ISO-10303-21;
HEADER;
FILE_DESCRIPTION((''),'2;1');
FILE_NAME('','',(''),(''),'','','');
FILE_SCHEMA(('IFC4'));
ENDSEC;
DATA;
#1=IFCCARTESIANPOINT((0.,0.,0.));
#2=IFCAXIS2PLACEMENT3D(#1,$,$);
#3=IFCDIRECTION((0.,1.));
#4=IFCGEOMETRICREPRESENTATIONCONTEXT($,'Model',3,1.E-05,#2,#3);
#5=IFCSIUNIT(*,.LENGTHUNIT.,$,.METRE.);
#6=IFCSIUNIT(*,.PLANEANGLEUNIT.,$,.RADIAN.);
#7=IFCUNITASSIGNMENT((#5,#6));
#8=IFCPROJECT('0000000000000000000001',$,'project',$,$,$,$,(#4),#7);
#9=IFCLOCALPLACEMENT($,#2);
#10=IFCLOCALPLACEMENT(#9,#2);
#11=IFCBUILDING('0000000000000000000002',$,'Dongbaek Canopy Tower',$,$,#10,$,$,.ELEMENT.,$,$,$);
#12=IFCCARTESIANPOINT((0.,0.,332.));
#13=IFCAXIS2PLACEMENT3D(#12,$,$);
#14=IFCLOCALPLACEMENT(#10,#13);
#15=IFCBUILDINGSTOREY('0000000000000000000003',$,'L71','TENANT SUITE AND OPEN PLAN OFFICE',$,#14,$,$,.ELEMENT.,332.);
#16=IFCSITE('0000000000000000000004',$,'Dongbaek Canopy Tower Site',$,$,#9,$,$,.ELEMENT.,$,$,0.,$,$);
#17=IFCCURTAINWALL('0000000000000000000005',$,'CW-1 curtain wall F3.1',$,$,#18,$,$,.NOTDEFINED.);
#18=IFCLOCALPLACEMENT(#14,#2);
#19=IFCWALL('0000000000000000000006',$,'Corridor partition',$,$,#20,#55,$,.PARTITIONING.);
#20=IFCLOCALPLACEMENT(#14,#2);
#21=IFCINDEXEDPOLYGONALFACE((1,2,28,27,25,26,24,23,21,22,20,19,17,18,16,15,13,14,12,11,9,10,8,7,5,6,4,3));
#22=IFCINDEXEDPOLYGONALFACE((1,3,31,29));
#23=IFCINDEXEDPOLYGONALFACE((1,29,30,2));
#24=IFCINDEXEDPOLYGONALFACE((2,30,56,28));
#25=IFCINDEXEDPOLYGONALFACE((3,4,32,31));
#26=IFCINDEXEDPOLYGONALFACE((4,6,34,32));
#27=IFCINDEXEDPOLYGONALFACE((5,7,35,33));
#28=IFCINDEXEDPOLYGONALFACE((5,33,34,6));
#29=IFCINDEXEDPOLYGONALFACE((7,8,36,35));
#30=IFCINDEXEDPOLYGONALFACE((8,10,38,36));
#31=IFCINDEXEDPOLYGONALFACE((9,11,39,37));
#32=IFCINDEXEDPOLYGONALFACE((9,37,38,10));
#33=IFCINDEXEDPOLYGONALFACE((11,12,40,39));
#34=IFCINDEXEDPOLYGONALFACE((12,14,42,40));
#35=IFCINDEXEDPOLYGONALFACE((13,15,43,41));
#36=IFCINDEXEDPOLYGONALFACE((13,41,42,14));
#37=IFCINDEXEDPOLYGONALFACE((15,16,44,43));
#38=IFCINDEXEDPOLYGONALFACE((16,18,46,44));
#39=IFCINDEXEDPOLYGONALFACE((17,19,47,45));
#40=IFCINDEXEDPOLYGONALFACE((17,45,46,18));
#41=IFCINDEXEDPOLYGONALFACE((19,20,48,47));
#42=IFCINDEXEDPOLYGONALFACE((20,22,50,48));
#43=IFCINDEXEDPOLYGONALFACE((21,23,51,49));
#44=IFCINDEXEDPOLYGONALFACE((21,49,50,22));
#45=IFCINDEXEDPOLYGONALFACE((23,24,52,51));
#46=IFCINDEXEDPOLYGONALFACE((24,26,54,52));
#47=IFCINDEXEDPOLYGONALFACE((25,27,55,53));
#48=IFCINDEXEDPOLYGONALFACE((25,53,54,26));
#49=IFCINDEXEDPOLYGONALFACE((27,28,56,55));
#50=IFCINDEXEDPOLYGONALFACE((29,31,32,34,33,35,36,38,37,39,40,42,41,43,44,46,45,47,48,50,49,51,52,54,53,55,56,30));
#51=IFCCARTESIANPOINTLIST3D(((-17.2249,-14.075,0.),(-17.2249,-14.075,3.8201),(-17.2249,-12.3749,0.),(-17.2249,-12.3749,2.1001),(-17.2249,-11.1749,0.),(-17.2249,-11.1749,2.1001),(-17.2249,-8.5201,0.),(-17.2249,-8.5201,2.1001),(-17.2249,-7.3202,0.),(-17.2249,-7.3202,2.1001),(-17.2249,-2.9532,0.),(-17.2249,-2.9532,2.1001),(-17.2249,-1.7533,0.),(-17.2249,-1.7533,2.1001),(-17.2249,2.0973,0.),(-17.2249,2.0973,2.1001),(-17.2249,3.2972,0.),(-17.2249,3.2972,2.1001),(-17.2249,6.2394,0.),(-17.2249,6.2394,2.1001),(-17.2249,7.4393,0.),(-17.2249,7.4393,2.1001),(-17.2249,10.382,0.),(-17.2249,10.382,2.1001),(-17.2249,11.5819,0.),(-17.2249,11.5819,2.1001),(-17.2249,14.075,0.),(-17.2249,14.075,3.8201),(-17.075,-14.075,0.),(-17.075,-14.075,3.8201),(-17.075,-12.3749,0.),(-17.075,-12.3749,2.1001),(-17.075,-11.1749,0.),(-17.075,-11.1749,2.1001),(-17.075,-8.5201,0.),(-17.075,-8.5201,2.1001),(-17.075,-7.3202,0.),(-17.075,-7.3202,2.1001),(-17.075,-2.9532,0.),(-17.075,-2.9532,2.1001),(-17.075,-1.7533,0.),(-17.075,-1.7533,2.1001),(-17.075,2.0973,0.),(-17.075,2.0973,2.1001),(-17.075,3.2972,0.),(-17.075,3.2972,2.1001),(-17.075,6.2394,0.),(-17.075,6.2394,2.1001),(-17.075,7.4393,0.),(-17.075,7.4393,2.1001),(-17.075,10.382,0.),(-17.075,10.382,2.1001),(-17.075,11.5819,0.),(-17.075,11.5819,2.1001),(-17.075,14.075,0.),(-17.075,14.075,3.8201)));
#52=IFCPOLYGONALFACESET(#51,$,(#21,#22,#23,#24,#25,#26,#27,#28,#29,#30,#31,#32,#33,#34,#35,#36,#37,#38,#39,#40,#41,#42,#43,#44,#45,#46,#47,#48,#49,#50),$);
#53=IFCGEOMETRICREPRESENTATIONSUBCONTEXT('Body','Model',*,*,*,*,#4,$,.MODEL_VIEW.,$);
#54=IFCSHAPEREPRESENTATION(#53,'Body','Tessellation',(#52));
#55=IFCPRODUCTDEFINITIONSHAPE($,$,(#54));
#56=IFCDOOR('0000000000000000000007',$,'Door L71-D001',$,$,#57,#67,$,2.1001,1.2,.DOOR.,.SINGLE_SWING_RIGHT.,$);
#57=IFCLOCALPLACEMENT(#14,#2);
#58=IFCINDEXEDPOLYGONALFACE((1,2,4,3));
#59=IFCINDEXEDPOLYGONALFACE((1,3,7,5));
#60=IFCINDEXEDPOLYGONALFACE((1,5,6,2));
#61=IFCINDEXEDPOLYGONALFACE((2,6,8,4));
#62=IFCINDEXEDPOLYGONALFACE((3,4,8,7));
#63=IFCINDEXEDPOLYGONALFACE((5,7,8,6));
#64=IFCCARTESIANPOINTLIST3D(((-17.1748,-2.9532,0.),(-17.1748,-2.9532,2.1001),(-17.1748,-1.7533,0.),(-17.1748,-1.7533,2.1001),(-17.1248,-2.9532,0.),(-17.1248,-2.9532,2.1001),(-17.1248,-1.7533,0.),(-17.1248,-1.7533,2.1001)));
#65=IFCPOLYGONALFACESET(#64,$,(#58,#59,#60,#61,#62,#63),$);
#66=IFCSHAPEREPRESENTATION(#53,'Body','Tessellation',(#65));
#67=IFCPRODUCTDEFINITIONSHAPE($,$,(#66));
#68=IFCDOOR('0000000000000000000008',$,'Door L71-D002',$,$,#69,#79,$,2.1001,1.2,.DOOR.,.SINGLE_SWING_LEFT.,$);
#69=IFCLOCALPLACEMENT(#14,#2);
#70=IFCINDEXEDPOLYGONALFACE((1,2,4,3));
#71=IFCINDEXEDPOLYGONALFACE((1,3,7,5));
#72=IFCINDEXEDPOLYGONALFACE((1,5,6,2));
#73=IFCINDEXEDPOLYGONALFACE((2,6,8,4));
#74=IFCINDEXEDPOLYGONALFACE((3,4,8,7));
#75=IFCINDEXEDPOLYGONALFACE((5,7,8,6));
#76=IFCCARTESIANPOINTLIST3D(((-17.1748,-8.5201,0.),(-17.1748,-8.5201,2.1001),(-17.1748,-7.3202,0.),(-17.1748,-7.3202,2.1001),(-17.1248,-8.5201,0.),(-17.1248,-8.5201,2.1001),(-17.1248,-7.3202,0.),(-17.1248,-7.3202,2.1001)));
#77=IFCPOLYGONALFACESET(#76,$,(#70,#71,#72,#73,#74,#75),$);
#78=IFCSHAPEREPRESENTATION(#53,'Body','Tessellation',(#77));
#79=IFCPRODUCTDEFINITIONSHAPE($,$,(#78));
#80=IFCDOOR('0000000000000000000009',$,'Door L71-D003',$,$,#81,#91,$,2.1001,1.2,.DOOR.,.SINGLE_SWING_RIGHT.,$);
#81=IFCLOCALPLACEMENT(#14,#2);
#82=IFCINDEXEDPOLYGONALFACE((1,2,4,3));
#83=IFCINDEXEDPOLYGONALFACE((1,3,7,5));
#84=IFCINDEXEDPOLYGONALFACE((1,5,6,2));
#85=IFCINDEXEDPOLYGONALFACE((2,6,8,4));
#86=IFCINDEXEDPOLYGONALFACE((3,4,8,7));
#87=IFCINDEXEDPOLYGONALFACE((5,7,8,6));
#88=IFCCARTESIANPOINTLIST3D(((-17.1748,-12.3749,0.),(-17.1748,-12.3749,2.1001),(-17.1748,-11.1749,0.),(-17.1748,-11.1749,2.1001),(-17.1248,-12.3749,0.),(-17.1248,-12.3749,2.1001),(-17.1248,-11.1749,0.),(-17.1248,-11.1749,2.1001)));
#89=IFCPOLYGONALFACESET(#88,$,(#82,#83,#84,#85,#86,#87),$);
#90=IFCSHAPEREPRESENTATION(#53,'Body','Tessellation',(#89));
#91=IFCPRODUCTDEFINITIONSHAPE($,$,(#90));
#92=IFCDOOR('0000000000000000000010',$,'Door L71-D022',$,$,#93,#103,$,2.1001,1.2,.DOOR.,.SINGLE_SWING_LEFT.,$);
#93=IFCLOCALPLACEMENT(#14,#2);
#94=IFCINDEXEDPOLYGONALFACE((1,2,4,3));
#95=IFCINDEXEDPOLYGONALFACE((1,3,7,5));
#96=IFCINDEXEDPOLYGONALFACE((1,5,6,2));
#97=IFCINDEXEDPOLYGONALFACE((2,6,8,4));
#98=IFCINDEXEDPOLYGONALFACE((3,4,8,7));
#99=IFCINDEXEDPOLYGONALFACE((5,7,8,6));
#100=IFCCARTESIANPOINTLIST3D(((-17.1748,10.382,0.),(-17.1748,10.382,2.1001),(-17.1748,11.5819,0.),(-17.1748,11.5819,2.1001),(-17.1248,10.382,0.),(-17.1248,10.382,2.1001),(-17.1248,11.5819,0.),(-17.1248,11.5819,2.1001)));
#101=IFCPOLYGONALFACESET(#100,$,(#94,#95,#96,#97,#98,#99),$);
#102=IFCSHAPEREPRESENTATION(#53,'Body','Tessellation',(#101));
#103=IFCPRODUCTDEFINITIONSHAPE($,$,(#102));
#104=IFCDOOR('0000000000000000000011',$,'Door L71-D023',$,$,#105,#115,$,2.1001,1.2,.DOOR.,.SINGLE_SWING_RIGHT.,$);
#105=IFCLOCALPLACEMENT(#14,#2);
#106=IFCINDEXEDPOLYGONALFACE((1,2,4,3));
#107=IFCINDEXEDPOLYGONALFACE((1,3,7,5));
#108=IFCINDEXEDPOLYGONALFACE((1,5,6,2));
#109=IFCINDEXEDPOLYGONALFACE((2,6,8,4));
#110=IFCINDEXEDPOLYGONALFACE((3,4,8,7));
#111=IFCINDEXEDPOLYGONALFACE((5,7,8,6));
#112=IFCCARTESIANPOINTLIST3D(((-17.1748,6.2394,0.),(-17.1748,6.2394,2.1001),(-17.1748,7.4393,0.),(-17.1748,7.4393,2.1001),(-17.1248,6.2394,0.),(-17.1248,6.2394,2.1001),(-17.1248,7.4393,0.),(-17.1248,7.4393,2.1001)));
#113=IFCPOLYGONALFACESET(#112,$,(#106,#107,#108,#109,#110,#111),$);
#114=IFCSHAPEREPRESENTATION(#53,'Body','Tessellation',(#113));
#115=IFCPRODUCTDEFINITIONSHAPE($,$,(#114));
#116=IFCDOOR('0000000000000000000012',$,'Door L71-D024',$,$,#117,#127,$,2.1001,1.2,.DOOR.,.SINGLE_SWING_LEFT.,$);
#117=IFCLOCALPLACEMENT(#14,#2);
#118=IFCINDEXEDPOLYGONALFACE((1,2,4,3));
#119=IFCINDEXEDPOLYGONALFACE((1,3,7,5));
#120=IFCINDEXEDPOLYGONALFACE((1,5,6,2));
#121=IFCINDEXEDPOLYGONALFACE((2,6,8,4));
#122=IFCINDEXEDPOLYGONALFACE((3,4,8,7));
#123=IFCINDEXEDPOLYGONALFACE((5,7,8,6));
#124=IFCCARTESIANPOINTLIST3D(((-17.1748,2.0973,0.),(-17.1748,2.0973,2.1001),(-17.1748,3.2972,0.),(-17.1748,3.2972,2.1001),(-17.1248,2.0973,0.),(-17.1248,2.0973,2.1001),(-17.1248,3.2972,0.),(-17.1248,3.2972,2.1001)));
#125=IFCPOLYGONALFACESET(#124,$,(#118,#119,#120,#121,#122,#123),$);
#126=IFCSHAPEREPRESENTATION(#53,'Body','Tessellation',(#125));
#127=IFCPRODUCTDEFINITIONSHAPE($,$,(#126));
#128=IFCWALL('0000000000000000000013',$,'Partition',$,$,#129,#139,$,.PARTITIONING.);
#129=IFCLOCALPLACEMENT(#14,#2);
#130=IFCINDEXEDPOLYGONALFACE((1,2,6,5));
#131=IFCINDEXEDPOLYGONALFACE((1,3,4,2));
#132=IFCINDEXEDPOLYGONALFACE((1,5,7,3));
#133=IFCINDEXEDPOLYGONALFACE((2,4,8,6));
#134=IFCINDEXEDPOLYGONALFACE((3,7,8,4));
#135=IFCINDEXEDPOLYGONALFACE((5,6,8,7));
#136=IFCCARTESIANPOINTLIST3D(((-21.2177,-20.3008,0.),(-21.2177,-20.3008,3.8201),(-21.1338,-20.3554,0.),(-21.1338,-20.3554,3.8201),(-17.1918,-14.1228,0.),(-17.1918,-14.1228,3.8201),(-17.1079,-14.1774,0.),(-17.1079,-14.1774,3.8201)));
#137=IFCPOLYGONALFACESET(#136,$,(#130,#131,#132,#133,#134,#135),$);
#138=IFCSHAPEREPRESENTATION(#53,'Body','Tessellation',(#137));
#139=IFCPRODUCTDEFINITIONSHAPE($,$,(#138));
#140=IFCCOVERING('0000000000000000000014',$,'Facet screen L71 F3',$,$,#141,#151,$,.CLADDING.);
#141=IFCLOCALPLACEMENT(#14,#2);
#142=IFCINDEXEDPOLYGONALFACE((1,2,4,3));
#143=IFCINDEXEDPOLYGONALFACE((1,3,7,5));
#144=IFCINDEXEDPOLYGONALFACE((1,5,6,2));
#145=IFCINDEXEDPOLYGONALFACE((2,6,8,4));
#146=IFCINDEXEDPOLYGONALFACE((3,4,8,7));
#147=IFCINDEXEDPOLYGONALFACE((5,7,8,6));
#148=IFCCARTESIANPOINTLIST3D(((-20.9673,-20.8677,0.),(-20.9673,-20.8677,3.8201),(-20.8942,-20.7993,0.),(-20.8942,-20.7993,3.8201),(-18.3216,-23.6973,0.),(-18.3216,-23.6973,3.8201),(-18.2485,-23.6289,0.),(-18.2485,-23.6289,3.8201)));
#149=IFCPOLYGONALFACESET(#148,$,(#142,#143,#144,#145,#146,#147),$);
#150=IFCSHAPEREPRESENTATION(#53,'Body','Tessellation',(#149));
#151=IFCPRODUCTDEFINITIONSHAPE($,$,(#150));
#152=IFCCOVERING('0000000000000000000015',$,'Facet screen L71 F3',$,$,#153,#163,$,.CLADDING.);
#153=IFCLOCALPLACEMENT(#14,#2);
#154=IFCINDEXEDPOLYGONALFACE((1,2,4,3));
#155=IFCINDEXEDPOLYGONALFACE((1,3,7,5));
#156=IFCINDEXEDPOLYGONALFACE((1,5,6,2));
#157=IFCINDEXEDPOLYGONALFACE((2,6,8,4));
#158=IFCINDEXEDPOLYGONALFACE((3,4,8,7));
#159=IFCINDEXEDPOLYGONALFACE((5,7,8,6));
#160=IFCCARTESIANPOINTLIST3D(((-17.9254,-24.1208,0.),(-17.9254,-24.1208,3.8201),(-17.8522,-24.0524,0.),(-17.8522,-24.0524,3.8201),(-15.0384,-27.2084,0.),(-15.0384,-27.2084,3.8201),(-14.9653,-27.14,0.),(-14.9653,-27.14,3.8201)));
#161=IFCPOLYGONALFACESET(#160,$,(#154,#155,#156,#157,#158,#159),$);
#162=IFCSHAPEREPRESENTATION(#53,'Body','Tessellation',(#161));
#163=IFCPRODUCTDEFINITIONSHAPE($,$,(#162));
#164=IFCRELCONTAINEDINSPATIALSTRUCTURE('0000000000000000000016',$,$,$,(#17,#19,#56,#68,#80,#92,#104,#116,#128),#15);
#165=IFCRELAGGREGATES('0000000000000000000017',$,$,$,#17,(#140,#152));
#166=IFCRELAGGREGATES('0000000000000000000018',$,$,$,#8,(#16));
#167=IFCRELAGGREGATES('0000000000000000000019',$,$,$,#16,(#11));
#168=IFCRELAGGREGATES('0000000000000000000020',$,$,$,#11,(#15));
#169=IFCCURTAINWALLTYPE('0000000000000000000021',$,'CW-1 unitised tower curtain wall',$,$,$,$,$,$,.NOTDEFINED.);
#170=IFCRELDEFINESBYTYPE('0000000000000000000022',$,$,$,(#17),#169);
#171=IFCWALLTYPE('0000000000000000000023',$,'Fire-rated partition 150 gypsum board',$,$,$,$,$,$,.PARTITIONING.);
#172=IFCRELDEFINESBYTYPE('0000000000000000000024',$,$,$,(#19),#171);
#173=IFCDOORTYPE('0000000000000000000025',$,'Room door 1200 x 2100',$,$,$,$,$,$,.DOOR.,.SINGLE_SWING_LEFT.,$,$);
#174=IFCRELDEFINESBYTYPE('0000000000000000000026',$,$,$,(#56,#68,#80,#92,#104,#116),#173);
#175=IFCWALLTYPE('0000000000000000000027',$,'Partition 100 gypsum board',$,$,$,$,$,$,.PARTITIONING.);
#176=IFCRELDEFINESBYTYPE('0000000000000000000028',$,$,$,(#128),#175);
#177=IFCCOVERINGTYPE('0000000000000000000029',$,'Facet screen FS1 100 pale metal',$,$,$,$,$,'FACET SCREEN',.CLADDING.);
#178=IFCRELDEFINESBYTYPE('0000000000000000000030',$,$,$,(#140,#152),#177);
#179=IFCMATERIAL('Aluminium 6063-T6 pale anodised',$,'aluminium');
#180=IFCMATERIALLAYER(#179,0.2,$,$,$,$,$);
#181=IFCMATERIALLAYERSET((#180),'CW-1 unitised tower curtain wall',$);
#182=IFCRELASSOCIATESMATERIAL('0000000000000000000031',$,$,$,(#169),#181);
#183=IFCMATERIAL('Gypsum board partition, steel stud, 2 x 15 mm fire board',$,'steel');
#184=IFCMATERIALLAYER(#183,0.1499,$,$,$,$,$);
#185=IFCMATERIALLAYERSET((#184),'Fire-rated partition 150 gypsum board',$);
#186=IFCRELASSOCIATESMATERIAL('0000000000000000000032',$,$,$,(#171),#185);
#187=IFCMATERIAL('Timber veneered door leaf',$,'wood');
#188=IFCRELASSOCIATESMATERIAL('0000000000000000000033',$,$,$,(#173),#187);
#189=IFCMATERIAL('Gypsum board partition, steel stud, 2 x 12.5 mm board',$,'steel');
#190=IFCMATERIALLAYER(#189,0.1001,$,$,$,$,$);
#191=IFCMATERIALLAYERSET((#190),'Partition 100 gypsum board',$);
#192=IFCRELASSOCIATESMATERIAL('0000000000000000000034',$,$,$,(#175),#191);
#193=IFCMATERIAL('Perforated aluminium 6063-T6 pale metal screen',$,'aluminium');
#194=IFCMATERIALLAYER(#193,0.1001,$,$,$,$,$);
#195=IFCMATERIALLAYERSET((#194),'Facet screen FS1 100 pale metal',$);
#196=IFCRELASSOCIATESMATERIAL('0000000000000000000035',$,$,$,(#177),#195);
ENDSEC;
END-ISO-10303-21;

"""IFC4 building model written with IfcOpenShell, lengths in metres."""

from ifc_helpers import new_model, si_unit, direction, frame, frame_2d, origin, origin_2d, place, context, subcontext, project, spatial, rectangle, extrude, material, layer, layer_set, type_object, element, fill, aggregate, save


model = new_model("IFC4")

# Units and contexts
model_context = context("Model", 3, precision=1e-05, world=origin(), true_north=direction((0.0, 1.0)))
body_context = subcontext(model_context, "Body", "Model", "MODEL_VIEW")
ifc_project = project(units=[si_unit("LENGTHUNIT", "METRE"), si_unit("PLANEANGLEUNIT", "RADIAN")], contexts=[model_context])

# Site, building, storey
site_placement = place(None, origin())
site = spatial("IfcSite", under=ifc_project, at=site_placement, Name="Dongbaek Canopy Tower Site", CompositionType="ELEMENT", RefElevation=0.0)
building_placement = place(site_placement, origin())
building = spatial("IfcBuilding", under=site, at=building_placement, Name="Dongbaek Canopy Tower", CompositionType="ELEMENT")
storey_placement = place(building_placement, frame((0.0, 0.0, 332.0)))
storey = spatial("IfcBuildingStorey", under=building, at=storey_placement, Name="L71", Description="TENANT SUITE AND OPEN PLAN OFFICE", CompositionType="ELEMENT", Elevation=332.0)

# Curtain wall
ifc_material_1 = material(Name="Aluminium 6063-T6 pale anodised", Category="aluminium")
ifc_layer_1 = layer(ifc_material_1, 0.2)
ifc_layer_set_1 = layer_set([ifc_layer_1], Name="CW-1 unitised tower curtain wall")
curtain_wall_type = type_object("IfcCurtainWallType", Name="CW-1 unitised tower curtain wall", PredefinedType="NOTDEFINED", material=ifc_layer_set_1)
curtain_wall_1_placement = place(storey_placement, origin())
curtain_wall_1 = element("IfcCurtainWall", 1, at=curtain_wall_1_placement, inside=storey, type_object=curtain_wall_type, Name="CW-1 curtain wall F3.1", PredefinedType="NOTDEFINED")

# Wall, openings, doors
ifc_material_2 = material(Name="Gypsum board partition, steel stud, 2 x 15 mm fire board", Category="steel")
ifc_layer_2 = layer(ifc_material_2, 0.1499)
ifc_layer_set_2 = layer_set([ifc_layer_2], Name="Fire-rated partition 150 gypsum board")
wall_type_1 = type_object("IfcWallType", Name="Fire-rated partition 150 gypsum board", PredefinedType="PARTITIONING", material=ifc_layer_set_2)
wall_1_placement = place(storey_placement, frame((-17.1499, -14.075, 0.0), z_axis=(0.0, 0.0, 1.0), x_axis=(0.0, 1.0, 0.0)))
wall_1 = element("IfcWall", 2, at=wall_1_placement, inside=storey, type_object=wall_type_1, Name="Corridor partition", PredefinedType="PARTITIONING", context=body_context, shape_type="SweptSolid", body=[
    extrude(rectangle(XDim=28.1499, YDim=0.1499, at=frame_2d((14.075, 0.0))), origin(), (0.0, 0.0, 1.0), 3.8201),
])
opening_1_placement = place(wall_1_placement, frame((11.1216, 0.0, 0.0)))
opening_1 = element("IfcOpeningElement", 3, at=opening_1_placement, cuts=wall_1, PredefinedType="OPENING", context=body_context, shape_type="SweptSolid", body=[
    extrude(rectangle(XDim=1.2, YDim=2.1001, at=frame_2d((0.6001, 1.05))), frame((0.0, 0.085, 0.0), z_axis=(0.0, -1.0, 0.0), x_axis=(1.0, 0.0, 0.0)), (0.0, 0.0, 1.0), 0.1699),
])
opening_2_placement = place(wall_1_placement, frame((5.5547, 0.0, 0.0)))
opening_2 = element("IfcOpeningElement", 4, at=opening_2_placement, cuts=wall_1, PredefinedType="OPENING", context=body_context, shape_type="SweptSolid", body=[
    extrude(rectangle(XDim=1.2, YDim=2.1001, at=frame_2d((0.6001, 1.05))), frame((0.0, 0.085, 0.0), z_axis=(0.0, -1.0, 0.0), x_axis=(1.0, 0.0, 0.0)), (0.0, 0.0, 1.0), 0.1699),
])
opening_3_placement = place(wall_1_placement, frame((1.7, 0.0, 0.0)))
opening_3 = element("IfcOpeningElement", 5, at=opening_3_placement, cuts=wall_1, PredefinedType="OPENING", context=body_context, shape_type="SweptSolid", body=[
    extrude(rectangle(XDim=1.2, YDim=2.1001, at=frame_2d((0.6001, 1.05))), frame((0.0, 0.085, 0.0), z_axis=(0.0, -1.0, 0.0), x_axis=(1.0, 0.0, 0.0)), (0.0, 0.0, 1.0), 0.1699),
])
opening_4_placement = place(wall_1_placement, frame((24.4568, 0.0, 0.0)))
opening_4 = element("IfcOpeningElement", 6, at=opening_4_placement, cuts=wall_1, PredefinedType="OPENING", context=body_context, shape_type="SweptSolid", body=[
    extrude(rectangle(XDim=1.2, YDim=2.1001, at=frame_2d((0.6001, 1.05))), frame((0.0, 0.085, 0.0), z_axis=(0.0, -1.0, 0.0), x_axis=(1.0, 0.0, 0.0)), (0.0, 0.0, 1.0), 0.1699),
])
opening_5_placement = place(wall_1_placement, frame((20.3142, 0.0, 0.0)))
opening_5 = element("IfcOpeningElement", 7, at=opening_5_placement, cuts=wall_1, PredefinedType="OPENING", context=body_context, shape_type="SweptSolid", body=[
    extrude(rectangle(XDim=1.2, YDim=2.1001, at=frame_2d((0.6001, 1.05))), frame((0.0, 0.085, 0.0), z_axis=(0.0, -1.0, 0.0), x_axis=(1.0, 0.0, 0.0)), (0.0, 0.0, 1.0), 0.1699),
])
opening_6_placement = place(wall_1_placement, frame((16.1721, 0.0, 0.0)))
opening_6 = element("IfcOpeningElement", 8, at=opening_6_placement, cuts=wall_1, PredefinedType="OPENING", context=body_context, shape_type="SweptSolid", body=[
    extrude(rectangle(XDim=1.2, YDim=2.1001, at=frame_2d((0.6001, 1.05))), frame((0.0, 0.085, 0.0), z_axis=(0.0, -1.0, 0.0), x_axis=(1.0, 0.0, 0.0)), (0.0, 0.0, 1.0), 0.1699),
])
ifc_material_3 = material(Name="Timber veneered door leaf", Category="wood")
door_type = type_object("IfcDoorType", Name="Room door 1200 x 2100", OperationType="SINGLE_SWING_LEFT", PredefinedType="DOOR", material=ifc_material_3)
door_1_placement = place(opening_1_placement, origin())
door_1 = element("IfcDoor", 9, at=door_1_placement, inside=storey, type_object=door_type, Name="Door L71-D001", OperationType="SINGLE_SWING_RIGHT", OverallHeight=2.1001, OverallWidth=1.2, PredefinedType="DOOR", context=body_context, shape_type="SweptSolid", body=[
    extrude(rectangle(XDim=1.2, YDim=2.1001, at=frame_2d((0.6001, 1.05))), frame((0.0, 0.0249, 0.0), z_axis=(0.0, -1.0, 0.0), x_axis=(1.0, 0.0, 0.0)), (0.0, 0.0, 1.0), 0.05),
])
fill(opening_1, door_1)
door_2_placement = place(opening_2_placement, origin())
door_2 = element("IfcDoor", 10, at=door_2_placement, inside=storey, type_object=door_type, Name="Door L71-D002", OperationType="SINGLE_SWING_LEFT", OverallHeight=2.1001, OverallWidth=1.2, PredefinedType="DOOR", context=body_context, shape_type="SweptSolid", body=[
    extrude(rectangle(XDim=1.2, YDim=2.1001, at=frame_2d((0.6001, 1.05))), frame((0.0, 0.0249, 0.0), z_axis=(0.0, -1.0, 0.0), x_axis=(1.0, 0.0, 0.0)), (0.0, 0.0, 1.0), 0.05),
])
fill(opening_2, door_2)
door_3_placement = place(opening_3_placement, origin())
door_3 = element("IfcDoor", 11, at=door_3_placement, inside=storey, type_object=door_type, Name="Door L71-D003", OperationType="SINGLE_SWING_RIGHT", OverallHeight=2.1001, OverallWidth=1.2, PredefinedType="DOOR", context=body_context, shape_type="SweptSolid", body=[
    extrude(rectangle(XDim=1.2, YDim=2.1001, at=frame_2d((0.6001, 1.05))), frame((0.0, 0.0249, 0.0), z_axis=(0.0, -1.0, 0.0), x_axis=(1.0, 0.0, 0.0)), (0.0, 0.0, 1.0), 0.05),
])
fill(opening_3, door_3)
door_4_placement = place(opening_4_placement, origin())
door_4 = element("IfcDoor", 12, at=door_4_placement, inside=storey, type_object=door_type, Name="Door L71-D022", OperationType="SINGLE_SWING_LEFT", OverallHeight=2.1001, OverallWidth=1.2, PredefinedType="DOOR", context=body_context, shape_type="SweptSolid", body=[
    extrude(rectangle(XDim=1.2, YDim=2.1001, at=frame_2d((0.6001, 1.05))), frame((0.0, 0.0249, 0.0), z_axis=(0.0, -1.0, 0.0), x_axis=(1.0, 0.0, 0.0)), (0.0, 0.0, 1.0), 0.05),
])
fill(opening_4, door_4)
door_5_placement = place(opening_5_placement, origin())
door_5 = element("IfcDoor", 13, at=door_5_placement, inside=storey, type_object=door_type, Name="Door L71-D023", OperationType="SINGLE_SWING_RIGHT", OverallHeight=2.1001, OverallWidth=1.2, PredefinedType="DOOR", context=body_context, shape_type="SweptSolid", body=[
    extrude(rectangle(XDim=1.2, YDim=2.1001, at=frame_2d((0.6001, 1.05))), frame((0.0, 0.0249, 0.0), z_axis=(0.0, -1.0, 0.0), x_axis=(1.0, 0.0, 0.0)), (0.0, 0.0, 1.0), 0.05),
])
fill(opening_5, door_5)
door_6_placement = place(opening_6_placement, origin())
door_6 = element("IfcDoor", 14, at=door_6_placement, inside=storey, type_object=door_type, Name="Door L71-D024", OperationType="SINGLE_SWING_LEFT", OverallHeight=2.1001, OverallWidth=1.2, PredefinedType="DOOR", context=body_context, shape_type="SweptSolid", body=[
    extrude(rectangle(XDim=1.2, YDim=2.1001, at=frame_2d((0.6001, 1.05))), frame((0.0, 0.0249, 0.0), z_axis=(0.0, -1.0, 0.0), x_axis=(1.0, 0.0, 0.0)), (0.0, 0.0, 1.0), 0.05),
])
fill(opening_6, door_6)

# Wall
ifc_material_4 = material(Name="Gypsum board partition, steel stud, 2 x 12.5 mm board", Category="steel")
ifc_layer_3 = layer(ifc_material_4, 0.1001)
ifc_layer_set_3 = layer_set([ifc_layer_3], Name="Partition 100 gypsum board")
wall_type_2 = type_object("IfcWallType", Name="Partition 100 gypsum board", PredefinedType="PARTITIONING", material=ifc_layer_set_3)
wall_2_placement = place(storey_placement, frame((-21.1758, -20.3281, 0.0), z_axis=(0.0, 0.0, 1.0), x_axis=(0.54596, 0.837811, 0.0)))
element("IfcWall", 15, at=wall_2_placement, inside=storey, type_object=wall_type_2, Name="Partition", PredefinedType="PARTITIONING", context=body_context, shape_type="SweptSolid", body=[
    extrude(rectangle(XDim=7.374, YDim=0.1001, at=frame_2d((3.687, 0.0))), origin(), (0.0, 0.0, 1.0), 3.8201),
])

# Coverings
ifc_material_5 = material(Name="Perforated aluminium 6063-T6 pale metal screen", Category="aluminium")
ifc_layer_4 = layer(ifc_material_5, 0.1001)
ifc_layer_set_4 = layer_set([ifc_layer_4], Name="Facet screen FS1 100 pale metal")
covering_type_1 = type_object("IfcCoveringType", Name="Facet screen FS1 100 pale metal", ElementType="FACET SCREEN", PredefinedType="CLADDING", material=ifc_layer_set_4)
covering_1_placement = place(storey_placement, frame((-19.6079, -22.2483, 0.0), z_axis=(0.0, 0.0, 1.0), x_axis=(0.682978, -0.730439, 0.0)))
covering_1 = element("IfcCovering", 16, at=covering_1_placement, type_object=covering_type_1, Name="Facet screen L71 F3", PredefinedType="CLADDING", context=body_context, shape_type="SweptSolid", body=[
    extrude(rectangle(XDim=3.8738, YDim=0.1001, at=origin_2d()), origin(), (0.0, 0.0, 1.0), 3.8201),
])
covering_2_placement = place(storey_placement, frame((-16.4453, -25.6304, 0.0), z_axis=(0.0, 0.0, 1.0), x_axis=(0.682978, -0.730439, 0.0)))
covering_2 = element("IfcCovering", 17, at=covering_2_placement, type_object=covering_type_1, Name="Facet screen L71 F3", PredefinedType="CLADDING", context=body_context, shape_type="SweptSolid", body=[
    extrude(rectangle(XDim=4.2271, YDim=0.1001, at=origin_2d()), origin(), (0.0, 0.0, 1.0), 3.8201),
])
aggregate(curtain_wall_1, [covering_1, covering_2])

save(model, "model.ifc")
